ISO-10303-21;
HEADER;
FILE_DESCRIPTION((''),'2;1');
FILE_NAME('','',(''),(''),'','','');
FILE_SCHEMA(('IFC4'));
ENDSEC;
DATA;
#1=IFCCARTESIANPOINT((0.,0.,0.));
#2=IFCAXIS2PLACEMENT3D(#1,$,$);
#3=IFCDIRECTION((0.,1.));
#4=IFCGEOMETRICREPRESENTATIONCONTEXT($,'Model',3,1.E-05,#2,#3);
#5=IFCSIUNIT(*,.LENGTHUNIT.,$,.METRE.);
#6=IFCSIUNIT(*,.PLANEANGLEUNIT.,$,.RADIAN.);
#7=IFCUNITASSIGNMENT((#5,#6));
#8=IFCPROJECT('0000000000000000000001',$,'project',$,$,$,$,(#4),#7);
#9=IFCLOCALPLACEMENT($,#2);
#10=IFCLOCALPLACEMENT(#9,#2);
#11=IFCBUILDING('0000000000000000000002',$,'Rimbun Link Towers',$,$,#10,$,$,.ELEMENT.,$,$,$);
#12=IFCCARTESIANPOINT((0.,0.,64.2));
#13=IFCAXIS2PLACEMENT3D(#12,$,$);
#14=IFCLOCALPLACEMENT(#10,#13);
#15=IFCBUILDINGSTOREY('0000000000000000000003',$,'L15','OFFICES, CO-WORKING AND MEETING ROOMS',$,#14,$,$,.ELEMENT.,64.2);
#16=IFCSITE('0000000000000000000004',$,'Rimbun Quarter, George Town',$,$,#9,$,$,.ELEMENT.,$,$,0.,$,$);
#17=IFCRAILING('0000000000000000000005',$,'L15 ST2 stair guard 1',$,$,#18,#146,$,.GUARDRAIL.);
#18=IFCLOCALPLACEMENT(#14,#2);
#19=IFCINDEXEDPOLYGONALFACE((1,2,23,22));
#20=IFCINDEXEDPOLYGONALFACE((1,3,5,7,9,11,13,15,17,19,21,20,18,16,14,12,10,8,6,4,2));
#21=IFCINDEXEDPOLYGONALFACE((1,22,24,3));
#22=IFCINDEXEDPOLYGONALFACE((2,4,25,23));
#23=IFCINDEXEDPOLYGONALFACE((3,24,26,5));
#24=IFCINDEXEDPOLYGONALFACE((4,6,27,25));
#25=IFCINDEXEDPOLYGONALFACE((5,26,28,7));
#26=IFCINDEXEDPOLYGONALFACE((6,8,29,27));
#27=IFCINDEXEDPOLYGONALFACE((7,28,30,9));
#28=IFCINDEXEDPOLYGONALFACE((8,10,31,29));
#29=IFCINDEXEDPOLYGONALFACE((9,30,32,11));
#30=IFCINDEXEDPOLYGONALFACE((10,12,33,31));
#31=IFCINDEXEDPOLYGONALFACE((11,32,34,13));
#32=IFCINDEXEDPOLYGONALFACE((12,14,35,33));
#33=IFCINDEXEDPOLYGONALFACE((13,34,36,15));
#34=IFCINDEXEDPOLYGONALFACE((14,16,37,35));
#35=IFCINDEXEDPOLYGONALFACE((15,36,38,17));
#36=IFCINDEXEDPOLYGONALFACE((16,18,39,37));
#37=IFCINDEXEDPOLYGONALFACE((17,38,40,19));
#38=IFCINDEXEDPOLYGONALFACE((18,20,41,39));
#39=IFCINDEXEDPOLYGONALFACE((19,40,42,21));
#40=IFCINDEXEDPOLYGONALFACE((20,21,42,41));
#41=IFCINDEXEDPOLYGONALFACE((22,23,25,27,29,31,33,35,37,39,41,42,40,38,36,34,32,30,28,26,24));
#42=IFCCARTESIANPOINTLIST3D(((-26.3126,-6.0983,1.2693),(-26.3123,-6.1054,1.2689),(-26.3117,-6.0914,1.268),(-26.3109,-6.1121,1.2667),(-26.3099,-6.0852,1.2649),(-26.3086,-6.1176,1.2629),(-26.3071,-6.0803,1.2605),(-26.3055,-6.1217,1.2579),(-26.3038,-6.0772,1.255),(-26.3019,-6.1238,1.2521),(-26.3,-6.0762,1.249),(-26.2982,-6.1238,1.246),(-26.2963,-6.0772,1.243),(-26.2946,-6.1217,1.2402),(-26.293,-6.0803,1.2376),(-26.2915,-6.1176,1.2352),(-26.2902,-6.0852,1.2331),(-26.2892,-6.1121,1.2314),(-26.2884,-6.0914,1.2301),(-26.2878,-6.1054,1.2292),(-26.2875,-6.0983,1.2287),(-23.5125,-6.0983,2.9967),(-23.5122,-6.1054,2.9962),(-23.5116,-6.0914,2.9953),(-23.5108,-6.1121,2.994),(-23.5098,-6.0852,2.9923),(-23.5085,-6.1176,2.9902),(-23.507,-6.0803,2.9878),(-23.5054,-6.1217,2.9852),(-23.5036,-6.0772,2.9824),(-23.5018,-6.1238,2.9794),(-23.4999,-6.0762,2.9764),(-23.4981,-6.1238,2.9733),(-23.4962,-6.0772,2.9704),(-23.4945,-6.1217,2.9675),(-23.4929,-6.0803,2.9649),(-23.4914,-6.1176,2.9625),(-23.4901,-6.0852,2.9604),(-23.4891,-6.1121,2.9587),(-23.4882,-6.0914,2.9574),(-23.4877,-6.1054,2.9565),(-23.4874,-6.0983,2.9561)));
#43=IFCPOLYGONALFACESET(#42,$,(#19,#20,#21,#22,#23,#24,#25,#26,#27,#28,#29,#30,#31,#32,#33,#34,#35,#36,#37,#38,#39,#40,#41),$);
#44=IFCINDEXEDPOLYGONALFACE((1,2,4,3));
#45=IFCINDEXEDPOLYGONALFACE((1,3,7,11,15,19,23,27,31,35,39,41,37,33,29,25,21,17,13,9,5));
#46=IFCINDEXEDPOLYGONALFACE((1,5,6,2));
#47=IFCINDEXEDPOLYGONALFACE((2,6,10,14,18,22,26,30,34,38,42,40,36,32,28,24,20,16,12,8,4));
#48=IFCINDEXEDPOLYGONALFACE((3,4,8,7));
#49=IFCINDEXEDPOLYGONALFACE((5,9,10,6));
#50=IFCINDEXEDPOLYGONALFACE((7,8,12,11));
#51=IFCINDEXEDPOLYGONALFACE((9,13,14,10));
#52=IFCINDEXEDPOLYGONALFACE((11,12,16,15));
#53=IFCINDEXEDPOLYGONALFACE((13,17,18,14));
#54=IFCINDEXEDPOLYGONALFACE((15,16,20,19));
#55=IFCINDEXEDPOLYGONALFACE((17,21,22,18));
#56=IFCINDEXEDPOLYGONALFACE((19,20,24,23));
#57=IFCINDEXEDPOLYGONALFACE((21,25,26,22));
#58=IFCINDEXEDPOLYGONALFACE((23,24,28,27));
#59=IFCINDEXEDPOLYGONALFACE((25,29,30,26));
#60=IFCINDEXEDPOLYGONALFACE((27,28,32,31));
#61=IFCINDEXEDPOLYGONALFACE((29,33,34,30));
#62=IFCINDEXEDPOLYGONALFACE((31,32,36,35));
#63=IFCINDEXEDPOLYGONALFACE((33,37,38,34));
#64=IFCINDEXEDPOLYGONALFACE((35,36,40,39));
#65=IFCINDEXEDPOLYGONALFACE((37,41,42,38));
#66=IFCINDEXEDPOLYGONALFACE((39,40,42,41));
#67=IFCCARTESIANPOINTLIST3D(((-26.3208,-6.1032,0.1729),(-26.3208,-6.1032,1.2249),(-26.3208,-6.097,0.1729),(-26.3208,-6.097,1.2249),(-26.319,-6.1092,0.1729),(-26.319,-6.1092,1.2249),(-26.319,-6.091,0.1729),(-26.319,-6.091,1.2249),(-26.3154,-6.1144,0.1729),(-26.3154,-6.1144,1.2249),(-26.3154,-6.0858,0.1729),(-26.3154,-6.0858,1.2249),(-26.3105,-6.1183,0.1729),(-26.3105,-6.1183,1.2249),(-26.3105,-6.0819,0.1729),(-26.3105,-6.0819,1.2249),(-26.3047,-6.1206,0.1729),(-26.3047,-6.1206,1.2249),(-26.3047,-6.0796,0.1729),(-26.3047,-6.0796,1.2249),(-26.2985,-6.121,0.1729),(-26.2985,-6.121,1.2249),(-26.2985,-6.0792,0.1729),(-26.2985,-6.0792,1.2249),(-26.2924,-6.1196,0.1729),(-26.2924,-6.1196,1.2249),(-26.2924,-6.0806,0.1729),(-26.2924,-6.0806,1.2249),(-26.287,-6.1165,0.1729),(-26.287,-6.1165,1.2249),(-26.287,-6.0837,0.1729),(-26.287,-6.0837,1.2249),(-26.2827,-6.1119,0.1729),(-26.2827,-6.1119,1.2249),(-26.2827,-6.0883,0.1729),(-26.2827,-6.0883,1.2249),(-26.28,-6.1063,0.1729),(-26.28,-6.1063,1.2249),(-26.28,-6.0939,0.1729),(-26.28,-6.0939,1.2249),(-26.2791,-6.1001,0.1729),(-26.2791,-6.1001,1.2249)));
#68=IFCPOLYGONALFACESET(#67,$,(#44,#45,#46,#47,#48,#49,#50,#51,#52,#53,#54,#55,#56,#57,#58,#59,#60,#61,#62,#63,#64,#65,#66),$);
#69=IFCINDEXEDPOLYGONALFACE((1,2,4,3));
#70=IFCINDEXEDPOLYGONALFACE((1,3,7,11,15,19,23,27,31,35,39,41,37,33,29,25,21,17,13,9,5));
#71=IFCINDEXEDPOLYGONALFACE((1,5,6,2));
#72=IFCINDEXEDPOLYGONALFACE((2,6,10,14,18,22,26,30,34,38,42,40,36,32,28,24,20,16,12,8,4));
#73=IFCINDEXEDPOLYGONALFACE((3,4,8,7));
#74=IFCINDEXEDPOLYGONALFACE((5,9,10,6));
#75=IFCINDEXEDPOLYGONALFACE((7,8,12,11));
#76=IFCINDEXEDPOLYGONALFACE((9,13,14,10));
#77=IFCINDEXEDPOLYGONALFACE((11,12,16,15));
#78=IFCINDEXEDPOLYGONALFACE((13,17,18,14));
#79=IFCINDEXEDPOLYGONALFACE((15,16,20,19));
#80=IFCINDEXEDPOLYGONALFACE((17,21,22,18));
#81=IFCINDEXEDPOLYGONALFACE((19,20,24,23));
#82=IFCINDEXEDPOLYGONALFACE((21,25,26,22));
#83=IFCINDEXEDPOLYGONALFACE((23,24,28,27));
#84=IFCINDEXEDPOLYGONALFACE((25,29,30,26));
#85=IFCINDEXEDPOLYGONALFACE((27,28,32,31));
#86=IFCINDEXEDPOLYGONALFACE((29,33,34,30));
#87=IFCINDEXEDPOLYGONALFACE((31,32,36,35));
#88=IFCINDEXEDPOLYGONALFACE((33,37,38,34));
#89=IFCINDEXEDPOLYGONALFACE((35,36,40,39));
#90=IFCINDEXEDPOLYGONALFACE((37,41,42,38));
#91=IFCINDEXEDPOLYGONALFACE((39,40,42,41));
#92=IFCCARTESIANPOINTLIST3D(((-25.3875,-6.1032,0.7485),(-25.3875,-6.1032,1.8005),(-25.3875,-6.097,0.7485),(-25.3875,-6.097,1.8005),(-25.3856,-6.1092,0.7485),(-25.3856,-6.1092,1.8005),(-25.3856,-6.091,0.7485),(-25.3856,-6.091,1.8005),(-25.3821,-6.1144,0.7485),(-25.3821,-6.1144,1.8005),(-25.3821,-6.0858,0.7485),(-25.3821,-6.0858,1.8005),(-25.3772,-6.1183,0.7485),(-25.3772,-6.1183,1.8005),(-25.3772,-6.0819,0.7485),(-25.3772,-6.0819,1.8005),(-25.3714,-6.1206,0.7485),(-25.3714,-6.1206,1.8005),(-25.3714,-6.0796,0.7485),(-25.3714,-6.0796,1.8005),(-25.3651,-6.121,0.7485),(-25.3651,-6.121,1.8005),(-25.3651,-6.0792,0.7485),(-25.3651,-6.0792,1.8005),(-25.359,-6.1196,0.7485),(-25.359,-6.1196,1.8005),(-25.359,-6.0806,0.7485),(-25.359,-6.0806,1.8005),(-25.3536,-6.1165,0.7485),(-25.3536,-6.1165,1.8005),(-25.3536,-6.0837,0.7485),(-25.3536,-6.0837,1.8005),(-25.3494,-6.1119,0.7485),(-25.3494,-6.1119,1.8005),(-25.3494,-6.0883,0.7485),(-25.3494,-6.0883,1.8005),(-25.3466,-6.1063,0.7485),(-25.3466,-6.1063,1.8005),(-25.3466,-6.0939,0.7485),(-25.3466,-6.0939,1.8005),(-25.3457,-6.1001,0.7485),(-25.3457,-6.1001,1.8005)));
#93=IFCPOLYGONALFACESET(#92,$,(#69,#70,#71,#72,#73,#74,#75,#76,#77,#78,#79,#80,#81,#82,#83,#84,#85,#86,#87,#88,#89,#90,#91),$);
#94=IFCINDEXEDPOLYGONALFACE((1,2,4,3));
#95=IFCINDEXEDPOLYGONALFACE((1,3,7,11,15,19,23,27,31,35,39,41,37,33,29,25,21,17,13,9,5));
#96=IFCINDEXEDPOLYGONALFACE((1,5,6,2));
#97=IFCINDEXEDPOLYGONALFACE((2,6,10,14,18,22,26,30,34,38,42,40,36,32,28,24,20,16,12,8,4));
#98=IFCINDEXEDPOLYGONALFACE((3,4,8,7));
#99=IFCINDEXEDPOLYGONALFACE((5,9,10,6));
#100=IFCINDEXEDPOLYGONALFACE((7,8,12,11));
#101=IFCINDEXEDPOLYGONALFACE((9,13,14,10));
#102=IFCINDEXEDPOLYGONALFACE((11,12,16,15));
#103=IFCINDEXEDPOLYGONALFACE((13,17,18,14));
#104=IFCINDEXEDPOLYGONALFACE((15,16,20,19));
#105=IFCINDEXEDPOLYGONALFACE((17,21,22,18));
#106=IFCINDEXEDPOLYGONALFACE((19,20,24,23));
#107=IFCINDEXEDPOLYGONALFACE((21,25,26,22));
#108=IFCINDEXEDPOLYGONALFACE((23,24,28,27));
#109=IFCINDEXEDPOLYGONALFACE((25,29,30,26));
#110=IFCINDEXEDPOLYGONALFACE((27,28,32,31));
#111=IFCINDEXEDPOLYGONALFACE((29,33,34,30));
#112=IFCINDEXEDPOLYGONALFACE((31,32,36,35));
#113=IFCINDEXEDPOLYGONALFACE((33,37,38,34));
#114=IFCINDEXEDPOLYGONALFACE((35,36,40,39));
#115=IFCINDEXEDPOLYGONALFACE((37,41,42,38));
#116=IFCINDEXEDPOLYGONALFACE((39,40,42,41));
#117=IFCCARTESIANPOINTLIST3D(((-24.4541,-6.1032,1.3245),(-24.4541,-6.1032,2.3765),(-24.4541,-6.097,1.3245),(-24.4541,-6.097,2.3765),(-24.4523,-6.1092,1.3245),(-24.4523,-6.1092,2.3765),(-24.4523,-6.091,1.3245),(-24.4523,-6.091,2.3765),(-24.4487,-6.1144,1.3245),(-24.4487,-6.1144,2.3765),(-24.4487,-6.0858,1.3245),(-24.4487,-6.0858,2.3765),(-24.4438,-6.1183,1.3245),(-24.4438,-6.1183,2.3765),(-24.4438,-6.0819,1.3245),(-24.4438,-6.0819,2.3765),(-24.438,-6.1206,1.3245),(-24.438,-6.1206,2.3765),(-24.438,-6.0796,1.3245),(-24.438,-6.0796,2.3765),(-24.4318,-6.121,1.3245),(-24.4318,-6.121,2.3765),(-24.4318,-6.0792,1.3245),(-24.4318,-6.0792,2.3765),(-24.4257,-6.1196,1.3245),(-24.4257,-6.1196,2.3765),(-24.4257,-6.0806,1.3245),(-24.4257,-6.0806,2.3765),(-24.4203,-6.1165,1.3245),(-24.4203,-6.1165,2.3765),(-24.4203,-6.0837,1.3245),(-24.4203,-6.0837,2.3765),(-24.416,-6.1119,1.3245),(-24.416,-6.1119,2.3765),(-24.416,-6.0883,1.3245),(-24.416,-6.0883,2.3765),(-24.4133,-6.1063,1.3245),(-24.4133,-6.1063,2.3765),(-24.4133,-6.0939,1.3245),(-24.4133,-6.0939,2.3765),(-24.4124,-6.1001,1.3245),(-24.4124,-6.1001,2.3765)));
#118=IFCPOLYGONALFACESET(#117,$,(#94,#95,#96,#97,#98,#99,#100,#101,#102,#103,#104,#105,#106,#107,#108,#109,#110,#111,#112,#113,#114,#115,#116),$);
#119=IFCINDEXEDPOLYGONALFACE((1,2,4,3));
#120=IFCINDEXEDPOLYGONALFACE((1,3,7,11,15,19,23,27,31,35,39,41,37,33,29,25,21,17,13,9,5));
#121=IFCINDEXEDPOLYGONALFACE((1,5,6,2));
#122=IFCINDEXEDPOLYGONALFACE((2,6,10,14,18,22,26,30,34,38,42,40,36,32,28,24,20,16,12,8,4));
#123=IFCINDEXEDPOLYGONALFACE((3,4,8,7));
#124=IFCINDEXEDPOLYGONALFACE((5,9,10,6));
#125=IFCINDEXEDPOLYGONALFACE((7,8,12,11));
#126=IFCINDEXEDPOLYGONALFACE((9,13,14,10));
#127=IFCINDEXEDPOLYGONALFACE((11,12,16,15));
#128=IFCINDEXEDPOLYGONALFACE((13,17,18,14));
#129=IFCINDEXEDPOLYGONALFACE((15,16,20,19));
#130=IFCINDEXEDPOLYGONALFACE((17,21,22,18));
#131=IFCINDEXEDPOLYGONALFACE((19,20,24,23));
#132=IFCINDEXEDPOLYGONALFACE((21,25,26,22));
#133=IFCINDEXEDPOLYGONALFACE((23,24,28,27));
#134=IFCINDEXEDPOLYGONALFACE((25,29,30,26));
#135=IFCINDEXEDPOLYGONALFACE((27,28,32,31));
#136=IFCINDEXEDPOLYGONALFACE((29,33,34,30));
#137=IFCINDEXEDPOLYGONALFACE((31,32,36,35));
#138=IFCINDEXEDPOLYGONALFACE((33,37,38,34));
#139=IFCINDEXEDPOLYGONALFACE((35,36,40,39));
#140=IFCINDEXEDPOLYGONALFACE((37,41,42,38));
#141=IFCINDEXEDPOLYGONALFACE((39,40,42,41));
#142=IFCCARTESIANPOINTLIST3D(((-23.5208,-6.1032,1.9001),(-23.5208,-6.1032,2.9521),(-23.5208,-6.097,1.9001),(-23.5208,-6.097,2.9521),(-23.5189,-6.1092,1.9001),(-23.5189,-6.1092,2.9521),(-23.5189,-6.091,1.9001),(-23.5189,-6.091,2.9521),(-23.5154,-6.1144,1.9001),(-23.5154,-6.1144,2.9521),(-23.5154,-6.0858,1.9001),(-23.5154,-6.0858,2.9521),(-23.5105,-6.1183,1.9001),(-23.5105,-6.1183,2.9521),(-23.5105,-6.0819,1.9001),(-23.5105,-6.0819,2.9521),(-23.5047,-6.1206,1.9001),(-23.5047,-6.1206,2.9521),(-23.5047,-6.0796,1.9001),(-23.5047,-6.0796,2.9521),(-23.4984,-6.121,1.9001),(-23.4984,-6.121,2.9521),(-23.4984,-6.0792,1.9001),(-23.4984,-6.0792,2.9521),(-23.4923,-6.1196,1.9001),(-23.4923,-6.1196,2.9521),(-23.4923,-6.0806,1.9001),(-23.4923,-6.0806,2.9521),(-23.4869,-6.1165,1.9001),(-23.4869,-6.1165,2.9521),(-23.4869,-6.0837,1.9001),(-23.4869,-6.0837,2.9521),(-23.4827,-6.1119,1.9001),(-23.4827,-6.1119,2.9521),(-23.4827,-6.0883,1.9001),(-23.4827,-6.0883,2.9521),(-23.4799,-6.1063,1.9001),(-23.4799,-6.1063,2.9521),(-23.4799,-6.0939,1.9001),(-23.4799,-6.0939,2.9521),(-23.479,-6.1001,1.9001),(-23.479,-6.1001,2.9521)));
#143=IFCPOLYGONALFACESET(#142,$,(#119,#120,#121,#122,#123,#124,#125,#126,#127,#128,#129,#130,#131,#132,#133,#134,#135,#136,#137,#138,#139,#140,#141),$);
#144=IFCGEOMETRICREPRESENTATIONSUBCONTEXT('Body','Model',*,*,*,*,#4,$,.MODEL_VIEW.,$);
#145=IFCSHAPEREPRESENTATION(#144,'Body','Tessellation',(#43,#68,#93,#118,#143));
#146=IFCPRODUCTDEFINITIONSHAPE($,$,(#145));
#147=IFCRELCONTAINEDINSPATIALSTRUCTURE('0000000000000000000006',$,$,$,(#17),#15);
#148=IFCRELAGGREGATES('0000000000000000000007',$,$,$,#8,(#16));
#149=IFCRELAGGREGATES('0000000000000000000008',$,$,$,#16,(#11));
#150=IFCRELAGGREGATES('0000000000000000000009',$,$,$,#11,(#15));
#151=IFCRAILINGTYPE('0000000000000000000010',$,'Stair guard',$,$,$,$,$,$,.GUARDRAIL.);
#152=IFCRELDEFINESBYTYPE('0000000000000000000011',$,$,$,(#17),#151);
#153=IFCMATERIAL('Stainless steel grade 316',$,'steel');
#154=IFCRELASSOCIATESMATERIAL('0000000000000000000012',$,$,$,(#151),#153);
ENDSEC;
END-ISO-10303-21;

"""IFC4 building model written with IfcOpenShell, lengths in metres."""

from ifc_helpers import new_model, si_unit, direction, frame, origin, origin_2d, place, context, subcontext, project, spatial, circle, extrude, material, type_object, element, save


model = new_model("IFC4")

# Units and contexts
model_context = context("Model", 3, precision=1e-05, world=origin(), true_north=direction((0.0, 1.0)))
body_context = subcontext(model_context, "Body", "Model", "MODEL_VIEW")
ifc_project = project(units=[si_unit("LENGTHUNIT", "METRE"), si_unit("PLANEANGLEUNIT", "RADIAN")], contexts=[model_context])

# Site, building, storey
site_placement = place(None, origin())
site = spatial("IfcSite", under=ifc_project, at=site_placement, Name="Rimbun Quarter, George Town", CompositionType="ELEMENT", RefElevation=0.0)
building_placement = place(site_placement, origin())
building = spatial("IfcBuilding", under=site, at=building_placement, Name="Rimbun Link Towers", CompositionType="ELEMENT")
storey_placement = place(building_placement, frame((0.0, 0.0, 64.2)))
storey = spatial("IfcBuildingStorey", under=building, at=storey_placement, Name="L15", Description="OFFICES, CO-WORKING AND MEETING ROOMS", CompositionType="ELEMENT", Elevation=64.2)

# Railing
ifc_material_1 = material(Name="Stainless steel grade 316", Category="steel")
railing_type_1 = type_object("IfcRailingType", Name="Stair guard", PredefinedType="GUARDRAIL", material=ifc_material_1)
railing_1_placement = place(storey_placement, frame((-26.3, -6.1001, 0.1729)))
element("IfcRailing", 1, at=railing_1_placement, inside=storey, type_object=railing_type_1, Name="L15 ST2 stair guard 1", PredefinedType="GUARDRAIL", context=body_context, shape_type="SweptSolid", body=[
    extrude(circle(Radius=0.0239, at=origin_2d()), frame((0.0, 0.0, 1.0762), z_axis=(0.85109, 0.0, 0.52502), x_axis=(0.0, 1.0, 0.0)), (0.0, 0.0, 1.0), 3.29),
    extrude(circle(Radius=0.021, at=origin_2d()), origin(), (0.0, 0.0, 1.0), 1.052),
    extrude(circle(Radius=0.021, at=origin_2d()), frame((0.9333, 0.0, 0.5757)), (0.0, 0.0, 1.0), 1.052),
    extrude(circle(Radius=0.021, at=origin_2d()), frame((1.8667, 0.0, 1.1516)), (0.0, 0.0, 1.0), 1.052),
    extrude(circle(Radius=0.021, at=origin_2d()), frame((2.8, 0.0, 1.7273)), (0.0, 0.0, 1.0), 1.052),
])

save(model, "model.ifc")
